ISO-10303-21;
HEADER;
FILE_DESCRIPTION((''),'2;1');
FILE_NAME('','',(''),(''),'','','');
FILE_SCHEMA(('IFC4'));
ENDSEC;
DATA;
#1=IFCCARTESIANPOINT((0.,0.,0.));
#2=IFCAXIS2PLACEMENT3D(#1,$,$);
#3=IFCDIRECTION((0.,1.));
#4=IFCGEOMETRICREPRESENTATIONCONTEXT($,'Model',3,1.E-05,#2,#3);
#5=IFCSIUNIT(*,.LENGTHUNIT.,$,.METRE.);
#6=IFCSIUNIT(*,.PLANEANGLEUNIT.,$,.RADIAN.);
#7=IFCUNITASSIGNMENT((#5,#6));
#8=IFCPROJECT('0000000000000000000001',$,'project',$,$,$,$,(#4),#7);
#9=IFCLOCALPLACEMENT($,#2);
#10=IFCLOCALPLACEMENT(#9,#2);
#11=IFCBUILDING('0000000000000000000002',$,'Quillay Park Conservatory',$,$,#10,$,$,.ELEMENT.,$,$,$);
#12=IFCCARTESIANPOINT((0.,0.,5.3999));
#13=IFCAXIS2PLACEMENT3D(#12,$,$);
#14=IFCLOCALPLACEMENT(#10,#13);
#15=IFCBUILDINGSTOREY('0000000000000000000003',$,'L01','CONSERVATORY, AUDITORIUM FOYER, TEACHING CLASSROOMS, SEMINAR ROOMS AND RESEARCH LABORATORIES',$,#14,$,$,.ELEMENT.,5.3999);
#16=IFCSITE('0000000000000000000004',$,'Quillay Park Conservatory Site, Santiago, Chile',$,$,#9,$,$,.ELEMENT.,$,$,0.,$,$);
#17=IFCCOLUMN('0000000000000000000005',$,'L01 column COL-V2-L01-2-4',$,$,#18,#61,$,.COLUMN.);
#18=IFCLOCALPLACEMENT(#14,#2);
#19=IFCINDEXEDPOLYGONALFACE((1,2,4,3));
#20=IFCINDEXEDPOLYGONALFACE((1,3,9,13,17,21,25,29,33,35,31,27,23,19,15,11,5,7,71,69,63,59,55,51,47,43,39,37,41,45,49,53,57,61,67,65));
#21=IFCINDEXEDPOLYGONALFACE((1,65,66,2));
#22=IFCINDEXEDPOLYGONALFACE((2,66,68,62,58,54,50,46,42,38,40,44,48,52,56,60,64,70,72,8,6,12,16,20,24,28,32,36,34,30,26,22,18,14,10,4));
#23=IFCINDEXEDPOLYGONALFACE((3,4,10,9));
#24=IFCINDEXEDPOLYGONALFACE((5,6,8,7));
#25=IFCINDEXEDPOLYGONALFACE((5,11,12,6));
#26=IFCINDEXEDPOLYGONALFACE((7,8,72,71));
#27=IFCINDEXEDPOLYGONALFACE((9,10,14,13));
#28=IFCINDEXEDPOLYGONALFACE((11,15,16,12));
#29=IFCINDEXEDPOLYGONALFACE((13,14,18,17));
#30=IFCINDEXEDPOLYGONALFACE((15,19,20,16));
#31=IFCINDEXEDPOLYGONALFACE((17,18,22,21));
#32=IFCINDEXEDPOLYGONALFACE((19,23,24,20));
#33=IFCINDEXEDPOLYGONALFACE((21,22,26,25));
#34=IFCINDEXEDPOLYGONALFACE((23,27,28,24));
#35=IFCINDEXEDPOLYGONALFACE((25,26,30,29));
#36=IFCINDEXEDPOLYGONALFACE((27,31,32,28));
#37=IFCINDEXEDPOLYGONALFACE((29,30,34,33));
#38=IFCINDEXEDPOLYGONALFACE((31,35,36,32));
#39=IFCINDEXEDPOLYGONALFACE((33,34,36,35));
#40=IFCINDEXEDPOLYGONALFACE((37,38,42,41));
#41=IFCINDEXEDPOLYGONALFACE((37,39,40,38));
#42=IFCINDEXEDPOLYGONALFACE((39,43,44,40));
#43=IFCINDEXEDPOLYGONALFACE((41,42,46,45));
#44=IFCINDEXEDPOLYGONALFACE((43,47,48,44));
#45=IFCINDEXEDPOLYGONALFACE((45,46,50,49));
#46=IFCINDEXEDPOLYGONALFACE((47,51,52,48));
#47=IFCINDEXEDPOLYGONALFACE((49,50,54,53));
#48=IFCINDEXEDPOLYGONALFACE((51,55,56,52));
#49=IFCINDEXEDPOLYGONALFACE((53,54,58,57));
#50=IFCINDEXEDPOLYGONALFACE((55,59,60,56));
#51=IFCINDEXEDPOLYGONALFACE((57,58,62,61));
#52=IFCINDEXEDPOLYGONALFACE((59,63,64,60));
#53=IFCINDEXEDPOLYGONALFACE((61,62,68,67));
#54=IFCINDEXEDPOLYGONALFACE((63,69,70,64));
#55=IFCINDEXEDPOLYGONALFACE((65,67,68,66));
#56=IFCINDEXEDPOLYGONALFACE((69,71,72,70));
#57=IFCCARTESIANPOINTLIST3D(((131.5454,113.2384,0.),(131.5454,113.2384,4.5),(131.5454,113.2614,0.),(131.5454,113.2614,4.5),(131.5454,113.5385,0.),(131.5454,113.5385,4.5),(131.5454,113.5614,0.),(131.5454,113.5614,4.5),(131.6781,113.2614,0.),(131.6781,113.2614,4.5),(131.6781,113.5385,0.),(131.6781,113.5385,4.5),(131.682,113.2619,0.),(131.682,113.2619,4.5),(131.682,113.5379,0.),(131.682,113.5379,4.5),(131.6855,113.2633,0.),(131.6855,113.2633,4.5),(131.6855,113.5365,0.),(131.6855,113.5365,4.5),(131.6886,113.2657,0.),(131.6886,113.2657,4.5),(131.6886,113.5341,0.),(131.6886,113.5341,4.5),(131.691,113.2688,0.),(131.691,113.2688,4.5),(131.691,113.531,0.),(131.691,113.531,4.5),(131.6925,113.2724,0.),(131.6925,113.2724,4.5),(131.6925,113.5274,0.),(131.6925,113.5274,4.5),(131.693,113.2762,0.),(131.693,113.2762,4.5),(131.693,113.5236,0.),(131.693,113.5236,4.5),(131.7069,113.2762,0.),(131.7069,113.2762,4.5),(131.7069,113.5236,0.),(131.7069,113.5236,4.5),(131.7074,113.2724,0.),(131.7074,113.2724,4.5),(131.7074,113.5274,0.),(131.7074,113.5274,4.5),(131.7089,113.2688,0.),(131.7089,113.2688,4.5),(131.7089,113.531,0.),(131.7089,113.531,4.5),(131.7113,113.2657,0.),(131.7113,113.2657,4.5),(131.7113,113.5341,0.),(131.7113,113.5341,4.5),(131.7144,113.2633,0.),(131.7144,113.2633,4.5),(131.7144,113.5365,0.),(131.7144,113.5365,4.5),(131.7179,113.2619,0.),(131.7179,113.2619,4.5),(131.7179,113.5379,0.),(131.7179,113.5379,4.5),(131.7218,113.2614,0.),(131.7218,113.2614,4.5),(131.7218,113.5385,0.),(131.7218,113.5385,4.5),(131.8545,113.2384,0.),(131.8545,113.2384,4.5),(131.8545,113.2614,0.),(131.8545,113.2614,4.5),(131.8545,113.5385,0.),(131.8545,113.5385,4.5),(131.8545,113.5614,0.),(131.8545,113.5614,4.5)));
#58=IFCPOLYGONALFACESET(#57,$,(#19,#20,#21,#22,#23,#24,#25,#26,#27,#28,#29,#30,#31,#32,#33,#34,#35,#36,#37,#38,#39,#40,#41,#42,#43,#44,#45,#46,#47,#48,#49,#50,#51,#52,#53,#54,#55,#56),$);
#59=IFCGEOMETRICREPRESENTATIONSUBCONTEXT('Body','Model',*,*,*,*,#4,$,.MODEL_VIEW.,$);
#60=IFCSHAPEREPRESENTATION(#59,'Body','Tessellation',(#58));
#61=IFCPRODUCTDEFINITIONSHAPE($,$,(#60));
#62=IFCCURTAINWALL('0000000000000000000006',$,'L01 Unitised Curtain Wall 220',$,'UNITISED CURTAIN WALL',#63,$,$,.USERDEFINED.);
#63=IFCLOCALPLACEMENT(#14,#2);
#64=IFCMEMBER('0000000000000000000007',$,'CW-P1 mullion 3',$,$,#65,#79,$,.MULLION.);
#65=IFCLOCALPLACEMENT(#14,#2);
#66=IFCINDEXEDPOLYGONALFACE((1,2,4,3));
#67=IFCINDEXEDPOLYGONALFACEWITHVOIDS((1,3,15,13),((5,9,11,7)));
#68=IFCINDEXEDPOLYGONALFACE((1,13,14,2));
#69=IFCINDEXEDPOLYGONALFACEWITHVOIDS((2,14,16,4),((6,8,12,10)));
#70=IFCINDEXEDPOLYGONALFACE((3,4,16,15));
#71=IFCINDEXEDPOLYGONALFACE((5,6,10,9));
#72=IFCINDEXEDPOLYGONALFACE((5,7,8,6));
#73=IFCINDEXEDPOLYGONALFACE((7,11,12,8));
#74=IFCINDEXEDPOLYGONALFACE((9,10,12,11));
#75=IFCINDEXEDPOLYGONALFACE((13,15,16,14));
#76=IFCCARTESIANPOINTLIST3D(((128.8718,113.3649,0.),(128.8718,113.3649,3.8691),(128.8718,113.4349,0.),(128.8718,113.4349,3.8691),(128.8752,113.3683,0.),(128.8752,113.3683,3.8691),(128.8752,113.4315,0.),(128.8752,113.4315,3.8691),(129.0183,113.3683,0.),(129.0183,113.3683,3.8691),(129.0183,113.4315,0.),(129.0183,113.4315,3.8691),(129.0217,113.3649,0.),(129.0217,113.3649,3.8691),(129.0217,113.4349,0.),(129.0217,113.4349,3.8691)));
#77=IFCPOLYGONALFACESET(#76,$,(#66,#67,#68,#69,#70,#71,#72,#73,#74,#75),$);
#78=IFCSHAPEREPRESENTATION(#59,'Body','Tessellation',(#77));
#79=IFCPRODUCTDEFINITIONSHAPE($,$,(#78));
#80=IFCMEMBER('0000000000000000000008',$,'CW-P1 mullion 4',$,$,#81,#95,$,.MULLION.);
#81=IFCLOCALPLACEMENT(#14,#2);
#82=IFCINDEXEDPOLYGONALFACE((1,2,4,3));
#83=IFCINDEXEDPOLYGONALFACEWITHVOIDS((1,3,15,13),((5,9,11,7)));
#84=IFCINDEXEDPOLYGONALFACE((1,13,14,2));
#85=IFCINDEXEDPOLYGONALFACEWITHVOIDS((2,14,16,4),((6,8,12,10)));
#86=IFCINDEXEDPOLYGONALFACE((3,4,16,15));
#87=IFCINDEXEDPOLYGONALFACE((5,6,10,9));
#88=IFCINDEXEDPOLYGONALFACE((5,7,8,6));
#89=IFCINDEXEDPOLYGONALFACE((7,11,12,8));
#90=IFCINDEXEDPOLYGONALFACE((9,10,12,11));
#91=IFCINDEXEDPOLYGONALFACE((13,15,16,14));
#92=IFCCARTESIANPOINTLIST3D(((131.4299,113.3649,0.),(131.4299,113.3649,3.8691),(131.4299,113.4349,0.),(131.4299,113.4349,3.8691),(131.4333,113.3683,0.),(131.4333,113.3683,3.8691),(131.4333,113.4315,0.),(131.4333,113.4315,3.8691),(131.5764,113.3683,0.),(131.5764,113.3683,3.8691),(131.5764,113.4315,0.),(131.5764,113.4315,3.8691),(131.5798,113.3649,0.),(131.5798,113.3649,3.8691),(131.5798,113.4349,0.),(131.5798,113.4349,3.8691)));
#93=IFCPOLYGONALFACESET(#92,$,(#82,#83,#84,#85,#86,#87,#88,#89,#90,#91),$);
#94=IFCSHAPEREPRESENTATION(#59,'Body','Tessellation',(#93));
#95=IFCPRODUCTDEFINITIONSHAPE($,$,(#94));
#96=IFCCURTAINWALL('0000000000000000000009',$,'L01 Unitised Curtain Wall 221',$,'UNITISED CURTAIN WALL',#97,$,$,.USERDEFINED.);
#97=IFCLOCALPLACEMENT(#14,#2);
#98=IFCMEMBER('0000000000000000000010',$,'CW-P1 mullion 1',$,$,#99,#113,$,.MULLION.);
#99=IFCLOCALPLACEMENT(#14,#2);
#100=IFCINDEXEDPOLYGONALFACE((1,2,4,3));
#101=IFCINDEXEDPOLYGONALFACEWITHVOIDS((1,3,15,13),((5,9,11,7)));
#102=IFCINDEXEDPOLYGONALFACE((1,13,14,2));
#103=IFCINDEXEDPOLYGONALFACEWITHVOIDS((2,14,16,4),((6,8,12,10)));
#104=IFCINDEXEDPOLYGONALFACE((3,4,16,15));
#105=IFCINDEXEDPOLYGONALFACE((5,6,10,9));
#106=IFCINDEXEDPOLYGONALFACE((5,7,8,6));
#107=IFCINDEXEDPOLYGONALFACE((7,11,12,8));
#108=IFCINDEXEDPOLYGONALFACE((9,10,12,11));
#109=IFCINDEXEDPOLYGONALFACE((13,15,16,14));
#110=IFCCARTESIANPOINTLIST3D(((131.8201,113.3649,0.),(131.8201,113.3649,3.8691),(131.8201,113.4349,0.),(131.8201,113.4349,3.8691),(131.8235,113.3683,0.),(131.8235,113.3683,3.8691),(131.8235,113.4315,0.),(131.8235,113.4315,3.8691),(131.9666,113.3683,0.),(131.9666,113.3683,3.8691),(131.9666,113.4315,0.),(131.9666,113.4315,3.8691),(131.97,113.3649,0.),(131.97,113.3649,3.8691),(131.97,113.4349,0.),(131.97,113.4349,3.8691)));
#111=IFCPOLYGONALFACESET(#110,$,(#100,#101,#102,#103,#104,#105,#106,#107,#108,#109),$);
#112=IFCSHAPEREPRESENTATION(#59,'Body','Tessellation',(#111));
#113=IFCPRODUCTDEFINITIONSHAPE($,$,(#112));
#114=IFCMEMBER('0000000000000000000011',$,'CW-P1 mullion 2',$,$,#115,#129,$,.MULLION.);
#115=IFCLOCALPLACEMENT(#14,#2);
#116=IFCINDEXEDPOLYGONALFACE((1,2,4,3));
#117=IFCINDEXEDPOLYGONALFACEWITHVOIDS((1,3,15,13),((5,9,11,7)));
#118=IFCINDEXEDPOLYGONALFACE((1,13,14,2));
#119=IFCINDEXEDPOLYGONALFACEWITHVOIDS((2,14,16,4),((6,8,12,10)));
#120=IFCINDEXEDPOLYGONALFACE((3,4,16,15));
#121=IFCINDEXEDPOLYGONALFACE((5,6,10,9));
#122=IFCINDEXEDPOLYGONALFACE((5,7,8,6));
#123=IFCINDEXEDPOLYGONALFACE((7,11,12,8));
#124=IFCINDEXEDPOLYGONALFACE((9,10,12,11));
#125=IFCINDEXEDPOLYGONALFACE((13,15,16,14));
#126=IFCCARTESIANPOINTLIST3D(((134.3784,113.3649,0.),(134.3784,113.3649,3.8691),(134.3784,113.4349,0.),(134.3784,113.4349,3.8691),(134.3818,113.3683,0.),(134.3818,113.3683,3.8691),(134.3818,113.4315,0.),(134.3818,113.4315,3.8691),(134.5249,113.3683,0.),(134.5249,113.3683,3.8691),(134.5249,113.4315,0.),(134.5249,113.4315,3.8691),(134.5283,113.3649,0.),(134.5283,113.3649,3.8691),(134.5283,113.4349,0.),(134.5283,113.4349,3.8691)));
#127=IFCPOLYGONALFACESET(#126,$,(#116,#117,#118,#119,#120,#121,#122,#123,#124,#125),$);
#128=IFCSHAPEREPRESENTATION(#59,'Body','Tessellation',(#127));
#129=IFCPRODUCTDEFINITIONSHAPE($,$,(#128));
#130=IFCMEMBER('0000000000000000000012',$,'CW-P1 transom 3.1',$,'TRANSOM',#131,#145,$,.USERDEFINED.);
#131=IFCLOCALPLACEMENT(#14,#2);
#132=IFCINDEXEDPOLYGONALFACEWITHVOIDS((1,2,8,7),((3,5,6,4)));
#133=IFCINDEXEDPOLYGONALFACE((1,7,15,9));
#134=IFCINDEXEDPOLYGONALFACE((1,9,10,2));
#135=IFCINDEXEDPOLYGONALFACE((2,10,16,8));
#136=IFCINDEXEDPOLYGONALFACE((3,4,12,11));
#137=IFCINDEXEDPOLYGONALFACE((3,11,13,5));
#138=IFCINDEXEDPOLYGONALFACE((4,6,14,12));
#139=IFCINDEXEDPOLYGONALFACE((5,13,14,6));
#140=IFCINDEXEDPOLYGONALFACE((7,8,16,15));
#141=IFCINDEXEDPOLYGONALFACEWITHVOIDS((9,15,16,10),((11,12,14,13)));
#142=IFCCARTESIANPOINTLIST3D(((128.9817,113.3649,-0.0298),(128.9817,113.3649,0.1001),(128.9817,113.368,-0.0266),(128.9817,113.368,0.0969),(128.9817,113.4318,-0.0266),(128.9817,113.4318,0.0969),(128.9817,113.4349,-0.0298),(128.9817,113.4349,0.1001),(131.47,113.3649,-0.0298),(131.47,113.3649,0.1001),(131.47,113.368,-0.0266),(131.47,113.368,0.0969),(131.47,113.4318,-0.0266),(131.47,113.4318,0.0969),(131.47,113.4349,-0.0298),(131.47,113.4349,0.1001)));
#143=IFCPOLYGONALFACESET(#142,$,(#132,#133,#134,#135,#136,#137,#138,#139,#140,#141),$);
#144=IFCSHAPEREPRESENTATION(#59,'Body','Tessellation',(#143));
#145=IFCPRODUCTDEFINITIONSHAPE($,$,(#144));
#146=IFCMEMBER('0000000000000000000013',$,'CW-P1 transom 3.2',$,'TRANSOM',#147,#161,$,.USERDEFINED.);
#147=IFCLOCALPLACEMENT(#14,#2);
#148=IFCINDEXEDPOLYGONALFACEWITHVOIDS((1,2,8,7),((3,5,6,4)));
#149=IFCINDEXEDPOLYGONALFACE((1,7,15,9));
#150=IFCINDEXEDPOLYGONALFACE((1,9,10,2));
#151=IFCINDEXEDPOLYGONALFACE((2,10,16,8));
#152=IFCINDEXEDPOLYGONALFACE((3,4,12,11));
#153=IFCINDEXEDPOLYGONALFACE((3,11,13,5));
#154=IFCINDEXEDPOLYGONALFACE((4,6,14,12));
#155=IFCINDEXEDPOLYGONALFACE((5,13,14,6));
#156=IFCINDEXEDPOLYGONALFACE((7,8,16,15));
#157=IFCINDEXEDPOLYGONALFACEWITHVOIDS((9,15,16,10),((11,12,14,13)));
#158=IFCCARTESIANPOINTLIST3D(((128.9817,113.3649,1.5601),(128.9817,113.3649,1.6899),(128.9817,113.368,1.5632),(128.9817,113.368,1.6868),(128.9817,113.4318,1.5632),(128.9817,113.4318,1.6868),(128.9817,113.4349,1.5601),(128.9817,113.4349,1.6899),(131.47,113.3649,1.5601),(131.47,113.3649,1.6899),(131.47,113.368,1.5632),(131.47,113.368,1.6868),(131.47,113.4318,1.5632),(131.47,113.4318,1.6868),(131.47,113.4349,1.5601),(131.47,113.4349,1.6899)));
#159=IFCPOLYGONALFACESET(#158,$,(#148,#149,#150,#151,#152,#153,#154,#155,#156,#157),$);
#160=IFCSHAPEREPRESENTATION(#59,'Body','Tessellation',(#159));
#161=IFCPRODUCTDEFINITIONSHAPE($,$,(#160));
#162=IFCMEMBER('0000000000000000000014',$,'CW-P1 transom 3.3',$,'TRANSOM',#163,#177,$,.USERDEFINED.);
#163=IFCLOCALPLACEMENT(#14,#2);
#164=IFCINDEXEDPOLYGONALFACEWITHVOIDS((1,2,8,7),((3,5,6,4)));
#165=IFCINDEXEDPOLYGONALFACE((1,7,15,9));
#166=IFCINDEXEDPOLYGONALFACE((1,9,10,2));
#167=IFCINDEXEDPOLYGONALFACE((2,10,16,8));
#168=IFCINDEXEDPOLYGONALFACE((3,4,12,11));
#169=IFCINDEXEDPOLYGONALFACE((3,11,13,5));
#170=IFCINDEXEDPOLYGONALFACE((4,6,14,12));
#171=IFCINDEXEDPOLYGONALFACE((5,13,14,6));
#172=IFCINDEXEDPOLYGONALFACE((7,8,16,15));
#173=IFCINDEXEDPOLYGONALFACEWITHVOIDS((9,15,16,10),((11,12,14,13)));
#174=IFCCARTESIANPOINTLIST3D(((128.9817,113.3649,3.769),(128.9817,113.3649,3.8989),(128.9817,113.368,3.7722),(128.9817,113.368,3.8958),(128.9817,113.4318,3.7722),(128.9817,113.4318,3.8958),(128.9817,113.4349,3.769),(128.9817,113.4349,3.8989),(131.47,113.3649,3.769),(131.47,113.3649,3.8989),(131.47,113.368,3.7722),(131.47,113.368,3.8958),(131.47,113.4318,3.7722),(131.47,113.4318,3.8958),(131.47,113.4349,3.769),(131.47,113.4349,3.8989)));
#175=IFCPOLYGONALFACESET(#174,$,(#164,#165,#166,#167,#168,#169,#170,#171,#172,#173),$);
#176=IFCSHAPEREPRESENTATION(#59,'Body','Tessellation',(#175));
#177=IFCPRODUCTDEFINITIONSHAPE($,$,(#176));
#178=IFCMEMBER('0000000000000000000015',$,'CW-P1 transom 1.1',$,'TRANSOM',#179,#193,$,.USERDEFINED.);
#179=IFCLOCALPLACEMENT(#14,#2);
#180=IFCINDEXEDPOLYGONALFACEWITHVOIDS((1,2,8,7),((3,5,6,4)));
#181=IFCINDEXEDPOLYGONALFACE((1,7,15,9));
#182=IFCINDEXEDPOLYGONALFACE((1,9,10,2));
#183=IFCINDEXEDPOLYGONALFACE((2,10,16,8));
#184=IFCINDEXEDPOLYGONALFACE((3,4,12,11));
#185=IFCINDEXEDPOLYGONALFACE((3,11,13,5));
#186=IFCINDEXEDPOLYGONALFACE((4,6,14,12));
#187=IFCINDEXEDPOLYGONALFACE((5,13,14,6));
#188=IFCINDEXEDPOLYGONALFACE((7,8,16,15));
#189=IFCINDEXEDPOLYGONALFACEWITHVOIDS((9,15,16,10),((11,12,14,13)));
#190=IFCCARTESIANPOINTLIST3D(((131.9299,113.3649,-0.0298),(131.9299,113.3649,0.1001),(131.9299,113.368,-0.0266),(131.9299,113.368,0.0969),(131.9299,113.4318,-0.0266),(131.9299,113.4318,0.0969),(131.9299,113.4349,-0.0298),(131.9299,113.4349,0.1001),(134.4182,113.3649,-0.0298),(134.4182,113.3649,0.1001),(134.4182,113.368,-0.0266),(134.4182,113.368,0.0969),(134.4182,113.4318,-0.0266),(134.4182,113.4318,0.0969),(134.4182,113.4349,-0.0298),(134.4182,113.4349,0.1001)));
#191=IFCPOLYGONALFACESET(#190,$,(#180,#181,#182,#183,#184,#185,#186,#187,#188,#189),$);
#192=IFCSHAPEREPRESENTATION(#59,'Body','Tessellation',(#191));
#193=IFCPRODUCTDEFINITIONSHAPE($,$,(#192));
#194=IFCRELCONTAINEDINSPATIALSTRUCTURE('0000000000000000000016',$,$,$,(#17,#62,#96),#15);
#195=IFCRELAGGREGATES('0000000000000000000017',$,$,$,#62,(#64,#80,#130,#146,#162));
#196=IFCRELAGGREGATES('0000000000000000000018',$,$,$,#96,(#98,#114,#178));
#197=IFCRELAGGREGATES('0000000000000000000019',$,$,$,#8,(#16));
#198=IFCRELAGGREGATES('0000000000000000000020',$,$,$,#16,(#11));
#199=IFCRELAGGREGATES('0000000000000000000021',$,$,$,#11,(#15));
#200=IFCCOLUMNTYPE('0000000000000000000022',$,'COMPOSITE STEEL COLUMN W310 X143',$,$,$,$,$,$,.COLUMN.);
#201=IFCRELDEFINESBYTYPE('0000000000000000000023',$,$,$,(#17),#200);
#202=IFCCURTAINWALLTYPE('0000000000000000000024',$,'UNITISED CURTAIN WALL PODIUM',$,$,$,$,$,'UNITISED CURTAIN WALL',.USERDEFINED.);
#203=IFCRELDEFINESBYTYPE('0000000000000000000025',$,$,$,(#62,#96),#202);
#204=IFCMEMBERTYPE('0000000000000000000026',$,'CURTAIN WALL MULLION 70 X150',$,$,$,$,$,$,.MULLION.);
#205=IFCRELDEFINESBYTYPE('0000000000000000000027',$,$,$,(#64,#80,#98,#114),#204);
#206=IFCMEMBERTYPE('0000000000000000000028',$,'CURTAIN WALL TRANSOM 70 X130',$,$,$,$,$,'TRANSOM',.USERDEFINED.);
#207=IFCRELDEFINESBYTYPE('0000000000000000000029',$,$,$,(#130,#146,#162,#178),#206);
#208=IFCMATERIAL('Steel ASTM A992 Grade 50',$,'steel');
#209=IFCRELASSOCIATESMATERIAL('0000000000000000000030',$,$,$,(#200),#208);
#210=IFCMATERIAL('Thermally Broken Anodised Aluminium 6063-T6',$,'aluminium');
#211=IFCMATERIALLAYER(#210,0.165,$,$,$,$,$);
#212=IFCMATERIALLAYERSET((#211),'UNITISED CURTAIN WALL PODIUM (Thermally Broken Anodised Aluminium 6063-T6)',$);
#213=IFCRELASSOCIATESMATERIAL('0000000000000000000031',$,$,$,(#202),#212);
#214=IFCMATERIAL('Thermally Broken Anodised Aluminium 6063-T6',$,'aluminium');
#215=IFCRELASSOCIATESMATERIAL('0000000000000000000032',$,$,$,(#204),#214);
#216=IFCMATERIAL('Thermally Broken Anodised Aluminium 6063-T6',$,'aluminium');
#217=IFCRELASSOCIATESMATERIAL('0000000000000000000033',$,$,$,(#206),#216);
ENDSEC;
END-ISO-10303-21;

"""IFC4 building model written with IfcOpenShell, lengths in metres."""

from ifc_helpers import new_model, si_unit, direction, frame, origin, origin_2d, place, context, subcontext, project, spatial, hollow_rectangle, i_section, extrude, material, layer, layer_set, material_profile, profile_set, type_object, element, aggregate, save


model = new_model("IFC4")

# Units and contexts
model_context = context("Model", 3, precision=1e-05, world=origin(), true_north=direction((0.0, 1.0)))
body_context = subcontext(model_context, "Body", "Model", "MODEL_VIEW")
ifc_project = project(units=[si_unit("LENGTHUNIT", "METRE"), si_unit("PLANEANGLEUNIT", "RADIAN")], contexts=[model_context])

# Site, building, storey
site_placement = place(None, origin())
site = spatial("IfcSite", under=ifc_project, at=site_placement, Name="Quillay Park Conservatory Site, Santiago, Chile", CompositionType="ELEMENT", RefElevation=0.0)
building_placement = place(site_placement, origin())
building = spatial("IfcBuilding", under=site, at=building_placement, Name="Quillay Park Conservatory", CompositionType="ELEMENT")
storey_placement = place(building_placement, frame((0.0, 0.0, 5.3999)))
storey = spatial("IfcBuildingStorey", under=building, at=storey_placement, Name="L01", Description="CONSERVATORY, AUDITORIUM FOYER, TEACHING CLASSROOMS, SEMINAR ROOMS AND RESEARCH LABORATORIES", CompositionType="ELEMENT", Elevation=5.3999)

# Column
ifc_material_1 = material(Name="Steel ASTM A992 Grade 50", Category="steel")
ifc_material_profile_1 = material_profile(ifc_material_1, i_section(OverallWidth=0.3091, OverallDepth=0.323, WebThickness=0.0139, FlangeThickness=0.0229, FilletRadius=0.0149, at=origin_2d()), Name="W310x143")
ifc_profile_set_1 = profile_set([ifc_material_profile_1], Name="Steel ASTM A992 Grade 50")
column_type = type_object("IfcColumnType", Name="COMPOSITE STEEL COLUMN W310 X143", PredefinedType="COLUMN", material=ifc_profile_set_1)
column_placement = place(storey_placement, frame((131.7, 113.3999, 0.0), z_axis=(0.0, 0.0, 1.0), x_axis=(1.0, 0.0, 0.0)))
element("IfcColumn", 1, at=column_placement, inside=storey, type_object=column_type, Name="L01 column COL-V2-L01-2-4", PredefinedType="COLUMN", context=body_context, shape_type="SweptSolid", body=[
    extrude(i_section(OverallWidth=0.3091, OverallDepth=0.323, WebThickness=0.0139, FlangeThickness=0.0229, FilletRadius=0.0149, at=origin_2d()), origin(), (0.0, 0.0, 1.0), 4.5),
])

# Curtain walls, members
ifc_material_2 = material(Name="Thermally Broken Anodised Aluminium 6063-T6", Category="aluminium")
ifc_layer_1 = layer(ifc_material_2, 0.165)
ifc_layer_set_1 = layer_set([ifc_layer_1], Name="UNITISED CURTAIN WALL PODIUM (Thermally Broken Anodised Aluminium 6063-T6)")
curtain_wall_type = type_object("IfcCurtainWallType", Name="UNITISED CURTAIN WALL PODIUM", ElementType="UNITISED CURTAIN WALL", PredefinedType="USERDEFINED", material=ifc_layer_set_1)
curtain_wall_1_placement = place(storey_placement, origin())
curtain_wall_1 = element("IfcCurtainWall", 2, at=curtain_wall_1_placement, inside=storey, type_object=curtain_wall_type, Name="L01 Unitised Curtain Wall 220", ObjectType="UNITISED CURTAIN WALL", PredefinedType="USERDEFINED")
ifc_material_3 = material(Name="Thermally Broken Anodised Aluminium 6063-T6", Category="aluminium")
ifc_material_profile_2 = material_profile(ifc_material_3, hollow_rectangle(XDim=0.0701, YDim=0.1499, WallThickness=0.0034, at=origin_2d()), Name="AL70x150x3.5")
ifc_profile_set_2 = profile_set([ifc_material_profile_2], Name="Thermally Broken Anodised Aluminium 6063-T6")
member_type_1 = type_object("IfcMemberType", Name="CURTAIN WALL MULLION 70 X150", PredefinedType="MULLION", material=ifc_profile_set_2)
member_1_placement = place(storey_placement, frame((128.9468, 113.3999, 0.0), z_axis=(0.0, 0.0, 1.0), x_axis=(0.0, 1.0, 0.0)))
member_1 = element("IfcMember", 3, at=member_1_placement, type_object=member_type_1, Name="CW-P1 mullion 3", PredefinedType="MULLION", context=body_context, shape_type="SweptSolid", body=[
    extrude(hollow_rectangle(XDim=0.0701, YDim=0.1499, WallThickness=0.0034, at=origin_2d()), origin(), (0.0, 0.0, 1.0), 3.8691),
])
member_2_placement = place(storey_placement, frame((131.5049, 113.3999, 0.0), z_axis=(0.0, 0.0, 1.0), x_axis=(0.0, 1.0, 0.0)))
member_2 = element("IfcMember", 4, at=member_2_placement, type_object=member_type_1, Name="CW-P1 mullion 4", PredefinedType="MULLION", context=body_context, shape_type="SweptSolid", body=[
    extrude(hollow_rectangle(XDim=0.0701, YDim=0.1499, WallThickness=0.0034, at=origin_2d()), origin(), (0.0, 0.0, 1.0), 3.8691),
])
curtain_wall_2_placement = place(storey_placement, origin())
curtain_wall_2 = element("IfcCurtainWall", 5, at=curtain_wall_2_placement, inside=storey, type_object=curtain_wall_type, Name="L01 Unitised Curtain Wall 221", ObjectType="UNITISED CURTAIN WALL", PredefinedType="USERDEFINED")
member_3_placement = place(storey_placement, frame((131.895, 113.3999, 0.0), z_axis=(0.0, 0.0, 1.0), x_axis=(0.0, 1.0, 0.0)))
member_3 = element("IfcMember", 6, at=member_3_placement, type_object=member_type_1, Name="CW-P1 mullion 1", PredefinedType="MULLION", context=body_context, shape_type="SweptSolid", body=[
    extrude(hollow_rectangle(XDim=0.0701, YDim=0.1499, WallThickness=0.0034, at=origin_2d()), origin(), (0.0, 0.0, 1.0), 3.8691),
])
member_4_placement = place(storey_placement, frame((134.4534, 113.3999, 0.0), z_axis=(0.0, 0.0, 1.0), x_axis=(0.0, 1.0, 0.0)))
member_4 = element("IfcMember", 7, at=member_4_placement, type_object=member_type_1, Name="CW-P1 mullion 2", PredefinedType="MULLION", context=body_context, shape_type="SweptSolid", body=[
    extrude(hollow_rectangle(XDim=0.0701, YDim=0.1499, WallThickness=0.0034, at=origin_2d()), origin(), (0.0, 0.0, 1.0), 3.8691),
])

# Members
ifc_material_4 = material(Name="Thermally Broken Anodised Aluminium 6063-T6", Category="aluminium")
ifc_material_profile_3 = material_profile(ifc_material_4, hollow_rectangle(XDim=0.0701, YDim=0.1299, WallThickness=0.0032, at=origin_2d()), Name="AL70x130x3.2")
ifc_profile_set_3 = profile_set([ifc_material_profile_3], Name="Thermally Broken Anodised Aluminium 6063-T6")
member_type_2 = type_object("IfcMemberType", Name="CURTAIN WALL TRANSOM 70 X130", ElementType="TRANSOM", PredefinedType="USERDEFINED", material=ifc_profile_set_3)
member_5_placement = place(storey_placement, frame((128.9817, 113.3999, 0.0352), z_axis=(1.0, 0.0, 0.0), x_axis=(0.0, 1.0, 0.0)))
member_5 = element("IfcMember", 8, at=member_5_placement, type_object=member_type_2, Name="CW-P1 transom 3.1", ObjectType="TRANSOM", PredefinedType="USERDEFINED", context=body_context, shape_type="SweptSolid", body=[
    extrude(hollow_rectangle(XDim=0.0701, YDim=0.1299, WallThickness=0.0032, at=origin_2d()), origin(), (0.0, 0.0, 1.0), 2.4883),
])
member_6_placement = place(storey_placement, frame((128.9817, 113.3999, 1.625), z_axis=(1.0, 0.0, 0.0), x_axis=(0.0, 1.0, 0.0)))
member_6 = element("IfcMember", 9, at=member_6_placement, type_object=member_type_2, Name="CW-P1 transom 3.2", ObjectType="TRANSOM", PredefinedType="USERDEFINED", context=body_context, shape_type="SweptSolid", body=[
    extrude(hollow_rectangle(XDim=0.0701, YDim=0.1299, WallThickness=0.0032, at=origin_2d()), origin(), (0.0, 0.0, 1.0), 2.4883),
])
member_7_placement = place(storey_placement, frame((128.9817, 113.3999, 3.834), z_axis=(1.0, 0.0, 0.0), x_axis=(0.0, 1.0, 0.0)))
member_7 = element("IfcMember", 10, at=member_7_placement, type_object=member_type_2, Name="CW-P1 transom 3.3", ObjectType="TRANSOM", PredefinedType="USERDEFINED", context=body_context, shape_type="SweptSolid", body=[
    extrude(hollow_rectangle(XDim=0.0701, YDim=0.1299, WallThickness=0.0032, at=origin_2d()), origin(), (0.0, 0.0, 1.0), 2.4883),
])
member_8_placement = place(storey_placement, frame((131.9299, 113.3999, 0.0352), z_axis=(1.0, 0.0, 0.0), x_axis=(0.0, 1.0, 0.0)))
member_8 = element("IfcMember", 11, at=member_8_placement, type_object=member_type_2, Name="CW-P1 transom 1.1", ObjectType="TRANSOM", PredefinedType="USERDEFINED", context=body_context, shape_type="SweptSolid", body=[
    extrude(hollow_rectangle(XDim=0.0701, YDim=0.1299, WallThickness=0.0032, at=origin_2d()), origin(), (0.0, 0.0, 1.0), 2.4883),
])

aggregate(curtain_wall_1, [member_1, member_2, member_5, member_6, member_7])
aggregate(curtain_wall_2, [member_3, member_4, member_8])

save(model, "model.ifc")
